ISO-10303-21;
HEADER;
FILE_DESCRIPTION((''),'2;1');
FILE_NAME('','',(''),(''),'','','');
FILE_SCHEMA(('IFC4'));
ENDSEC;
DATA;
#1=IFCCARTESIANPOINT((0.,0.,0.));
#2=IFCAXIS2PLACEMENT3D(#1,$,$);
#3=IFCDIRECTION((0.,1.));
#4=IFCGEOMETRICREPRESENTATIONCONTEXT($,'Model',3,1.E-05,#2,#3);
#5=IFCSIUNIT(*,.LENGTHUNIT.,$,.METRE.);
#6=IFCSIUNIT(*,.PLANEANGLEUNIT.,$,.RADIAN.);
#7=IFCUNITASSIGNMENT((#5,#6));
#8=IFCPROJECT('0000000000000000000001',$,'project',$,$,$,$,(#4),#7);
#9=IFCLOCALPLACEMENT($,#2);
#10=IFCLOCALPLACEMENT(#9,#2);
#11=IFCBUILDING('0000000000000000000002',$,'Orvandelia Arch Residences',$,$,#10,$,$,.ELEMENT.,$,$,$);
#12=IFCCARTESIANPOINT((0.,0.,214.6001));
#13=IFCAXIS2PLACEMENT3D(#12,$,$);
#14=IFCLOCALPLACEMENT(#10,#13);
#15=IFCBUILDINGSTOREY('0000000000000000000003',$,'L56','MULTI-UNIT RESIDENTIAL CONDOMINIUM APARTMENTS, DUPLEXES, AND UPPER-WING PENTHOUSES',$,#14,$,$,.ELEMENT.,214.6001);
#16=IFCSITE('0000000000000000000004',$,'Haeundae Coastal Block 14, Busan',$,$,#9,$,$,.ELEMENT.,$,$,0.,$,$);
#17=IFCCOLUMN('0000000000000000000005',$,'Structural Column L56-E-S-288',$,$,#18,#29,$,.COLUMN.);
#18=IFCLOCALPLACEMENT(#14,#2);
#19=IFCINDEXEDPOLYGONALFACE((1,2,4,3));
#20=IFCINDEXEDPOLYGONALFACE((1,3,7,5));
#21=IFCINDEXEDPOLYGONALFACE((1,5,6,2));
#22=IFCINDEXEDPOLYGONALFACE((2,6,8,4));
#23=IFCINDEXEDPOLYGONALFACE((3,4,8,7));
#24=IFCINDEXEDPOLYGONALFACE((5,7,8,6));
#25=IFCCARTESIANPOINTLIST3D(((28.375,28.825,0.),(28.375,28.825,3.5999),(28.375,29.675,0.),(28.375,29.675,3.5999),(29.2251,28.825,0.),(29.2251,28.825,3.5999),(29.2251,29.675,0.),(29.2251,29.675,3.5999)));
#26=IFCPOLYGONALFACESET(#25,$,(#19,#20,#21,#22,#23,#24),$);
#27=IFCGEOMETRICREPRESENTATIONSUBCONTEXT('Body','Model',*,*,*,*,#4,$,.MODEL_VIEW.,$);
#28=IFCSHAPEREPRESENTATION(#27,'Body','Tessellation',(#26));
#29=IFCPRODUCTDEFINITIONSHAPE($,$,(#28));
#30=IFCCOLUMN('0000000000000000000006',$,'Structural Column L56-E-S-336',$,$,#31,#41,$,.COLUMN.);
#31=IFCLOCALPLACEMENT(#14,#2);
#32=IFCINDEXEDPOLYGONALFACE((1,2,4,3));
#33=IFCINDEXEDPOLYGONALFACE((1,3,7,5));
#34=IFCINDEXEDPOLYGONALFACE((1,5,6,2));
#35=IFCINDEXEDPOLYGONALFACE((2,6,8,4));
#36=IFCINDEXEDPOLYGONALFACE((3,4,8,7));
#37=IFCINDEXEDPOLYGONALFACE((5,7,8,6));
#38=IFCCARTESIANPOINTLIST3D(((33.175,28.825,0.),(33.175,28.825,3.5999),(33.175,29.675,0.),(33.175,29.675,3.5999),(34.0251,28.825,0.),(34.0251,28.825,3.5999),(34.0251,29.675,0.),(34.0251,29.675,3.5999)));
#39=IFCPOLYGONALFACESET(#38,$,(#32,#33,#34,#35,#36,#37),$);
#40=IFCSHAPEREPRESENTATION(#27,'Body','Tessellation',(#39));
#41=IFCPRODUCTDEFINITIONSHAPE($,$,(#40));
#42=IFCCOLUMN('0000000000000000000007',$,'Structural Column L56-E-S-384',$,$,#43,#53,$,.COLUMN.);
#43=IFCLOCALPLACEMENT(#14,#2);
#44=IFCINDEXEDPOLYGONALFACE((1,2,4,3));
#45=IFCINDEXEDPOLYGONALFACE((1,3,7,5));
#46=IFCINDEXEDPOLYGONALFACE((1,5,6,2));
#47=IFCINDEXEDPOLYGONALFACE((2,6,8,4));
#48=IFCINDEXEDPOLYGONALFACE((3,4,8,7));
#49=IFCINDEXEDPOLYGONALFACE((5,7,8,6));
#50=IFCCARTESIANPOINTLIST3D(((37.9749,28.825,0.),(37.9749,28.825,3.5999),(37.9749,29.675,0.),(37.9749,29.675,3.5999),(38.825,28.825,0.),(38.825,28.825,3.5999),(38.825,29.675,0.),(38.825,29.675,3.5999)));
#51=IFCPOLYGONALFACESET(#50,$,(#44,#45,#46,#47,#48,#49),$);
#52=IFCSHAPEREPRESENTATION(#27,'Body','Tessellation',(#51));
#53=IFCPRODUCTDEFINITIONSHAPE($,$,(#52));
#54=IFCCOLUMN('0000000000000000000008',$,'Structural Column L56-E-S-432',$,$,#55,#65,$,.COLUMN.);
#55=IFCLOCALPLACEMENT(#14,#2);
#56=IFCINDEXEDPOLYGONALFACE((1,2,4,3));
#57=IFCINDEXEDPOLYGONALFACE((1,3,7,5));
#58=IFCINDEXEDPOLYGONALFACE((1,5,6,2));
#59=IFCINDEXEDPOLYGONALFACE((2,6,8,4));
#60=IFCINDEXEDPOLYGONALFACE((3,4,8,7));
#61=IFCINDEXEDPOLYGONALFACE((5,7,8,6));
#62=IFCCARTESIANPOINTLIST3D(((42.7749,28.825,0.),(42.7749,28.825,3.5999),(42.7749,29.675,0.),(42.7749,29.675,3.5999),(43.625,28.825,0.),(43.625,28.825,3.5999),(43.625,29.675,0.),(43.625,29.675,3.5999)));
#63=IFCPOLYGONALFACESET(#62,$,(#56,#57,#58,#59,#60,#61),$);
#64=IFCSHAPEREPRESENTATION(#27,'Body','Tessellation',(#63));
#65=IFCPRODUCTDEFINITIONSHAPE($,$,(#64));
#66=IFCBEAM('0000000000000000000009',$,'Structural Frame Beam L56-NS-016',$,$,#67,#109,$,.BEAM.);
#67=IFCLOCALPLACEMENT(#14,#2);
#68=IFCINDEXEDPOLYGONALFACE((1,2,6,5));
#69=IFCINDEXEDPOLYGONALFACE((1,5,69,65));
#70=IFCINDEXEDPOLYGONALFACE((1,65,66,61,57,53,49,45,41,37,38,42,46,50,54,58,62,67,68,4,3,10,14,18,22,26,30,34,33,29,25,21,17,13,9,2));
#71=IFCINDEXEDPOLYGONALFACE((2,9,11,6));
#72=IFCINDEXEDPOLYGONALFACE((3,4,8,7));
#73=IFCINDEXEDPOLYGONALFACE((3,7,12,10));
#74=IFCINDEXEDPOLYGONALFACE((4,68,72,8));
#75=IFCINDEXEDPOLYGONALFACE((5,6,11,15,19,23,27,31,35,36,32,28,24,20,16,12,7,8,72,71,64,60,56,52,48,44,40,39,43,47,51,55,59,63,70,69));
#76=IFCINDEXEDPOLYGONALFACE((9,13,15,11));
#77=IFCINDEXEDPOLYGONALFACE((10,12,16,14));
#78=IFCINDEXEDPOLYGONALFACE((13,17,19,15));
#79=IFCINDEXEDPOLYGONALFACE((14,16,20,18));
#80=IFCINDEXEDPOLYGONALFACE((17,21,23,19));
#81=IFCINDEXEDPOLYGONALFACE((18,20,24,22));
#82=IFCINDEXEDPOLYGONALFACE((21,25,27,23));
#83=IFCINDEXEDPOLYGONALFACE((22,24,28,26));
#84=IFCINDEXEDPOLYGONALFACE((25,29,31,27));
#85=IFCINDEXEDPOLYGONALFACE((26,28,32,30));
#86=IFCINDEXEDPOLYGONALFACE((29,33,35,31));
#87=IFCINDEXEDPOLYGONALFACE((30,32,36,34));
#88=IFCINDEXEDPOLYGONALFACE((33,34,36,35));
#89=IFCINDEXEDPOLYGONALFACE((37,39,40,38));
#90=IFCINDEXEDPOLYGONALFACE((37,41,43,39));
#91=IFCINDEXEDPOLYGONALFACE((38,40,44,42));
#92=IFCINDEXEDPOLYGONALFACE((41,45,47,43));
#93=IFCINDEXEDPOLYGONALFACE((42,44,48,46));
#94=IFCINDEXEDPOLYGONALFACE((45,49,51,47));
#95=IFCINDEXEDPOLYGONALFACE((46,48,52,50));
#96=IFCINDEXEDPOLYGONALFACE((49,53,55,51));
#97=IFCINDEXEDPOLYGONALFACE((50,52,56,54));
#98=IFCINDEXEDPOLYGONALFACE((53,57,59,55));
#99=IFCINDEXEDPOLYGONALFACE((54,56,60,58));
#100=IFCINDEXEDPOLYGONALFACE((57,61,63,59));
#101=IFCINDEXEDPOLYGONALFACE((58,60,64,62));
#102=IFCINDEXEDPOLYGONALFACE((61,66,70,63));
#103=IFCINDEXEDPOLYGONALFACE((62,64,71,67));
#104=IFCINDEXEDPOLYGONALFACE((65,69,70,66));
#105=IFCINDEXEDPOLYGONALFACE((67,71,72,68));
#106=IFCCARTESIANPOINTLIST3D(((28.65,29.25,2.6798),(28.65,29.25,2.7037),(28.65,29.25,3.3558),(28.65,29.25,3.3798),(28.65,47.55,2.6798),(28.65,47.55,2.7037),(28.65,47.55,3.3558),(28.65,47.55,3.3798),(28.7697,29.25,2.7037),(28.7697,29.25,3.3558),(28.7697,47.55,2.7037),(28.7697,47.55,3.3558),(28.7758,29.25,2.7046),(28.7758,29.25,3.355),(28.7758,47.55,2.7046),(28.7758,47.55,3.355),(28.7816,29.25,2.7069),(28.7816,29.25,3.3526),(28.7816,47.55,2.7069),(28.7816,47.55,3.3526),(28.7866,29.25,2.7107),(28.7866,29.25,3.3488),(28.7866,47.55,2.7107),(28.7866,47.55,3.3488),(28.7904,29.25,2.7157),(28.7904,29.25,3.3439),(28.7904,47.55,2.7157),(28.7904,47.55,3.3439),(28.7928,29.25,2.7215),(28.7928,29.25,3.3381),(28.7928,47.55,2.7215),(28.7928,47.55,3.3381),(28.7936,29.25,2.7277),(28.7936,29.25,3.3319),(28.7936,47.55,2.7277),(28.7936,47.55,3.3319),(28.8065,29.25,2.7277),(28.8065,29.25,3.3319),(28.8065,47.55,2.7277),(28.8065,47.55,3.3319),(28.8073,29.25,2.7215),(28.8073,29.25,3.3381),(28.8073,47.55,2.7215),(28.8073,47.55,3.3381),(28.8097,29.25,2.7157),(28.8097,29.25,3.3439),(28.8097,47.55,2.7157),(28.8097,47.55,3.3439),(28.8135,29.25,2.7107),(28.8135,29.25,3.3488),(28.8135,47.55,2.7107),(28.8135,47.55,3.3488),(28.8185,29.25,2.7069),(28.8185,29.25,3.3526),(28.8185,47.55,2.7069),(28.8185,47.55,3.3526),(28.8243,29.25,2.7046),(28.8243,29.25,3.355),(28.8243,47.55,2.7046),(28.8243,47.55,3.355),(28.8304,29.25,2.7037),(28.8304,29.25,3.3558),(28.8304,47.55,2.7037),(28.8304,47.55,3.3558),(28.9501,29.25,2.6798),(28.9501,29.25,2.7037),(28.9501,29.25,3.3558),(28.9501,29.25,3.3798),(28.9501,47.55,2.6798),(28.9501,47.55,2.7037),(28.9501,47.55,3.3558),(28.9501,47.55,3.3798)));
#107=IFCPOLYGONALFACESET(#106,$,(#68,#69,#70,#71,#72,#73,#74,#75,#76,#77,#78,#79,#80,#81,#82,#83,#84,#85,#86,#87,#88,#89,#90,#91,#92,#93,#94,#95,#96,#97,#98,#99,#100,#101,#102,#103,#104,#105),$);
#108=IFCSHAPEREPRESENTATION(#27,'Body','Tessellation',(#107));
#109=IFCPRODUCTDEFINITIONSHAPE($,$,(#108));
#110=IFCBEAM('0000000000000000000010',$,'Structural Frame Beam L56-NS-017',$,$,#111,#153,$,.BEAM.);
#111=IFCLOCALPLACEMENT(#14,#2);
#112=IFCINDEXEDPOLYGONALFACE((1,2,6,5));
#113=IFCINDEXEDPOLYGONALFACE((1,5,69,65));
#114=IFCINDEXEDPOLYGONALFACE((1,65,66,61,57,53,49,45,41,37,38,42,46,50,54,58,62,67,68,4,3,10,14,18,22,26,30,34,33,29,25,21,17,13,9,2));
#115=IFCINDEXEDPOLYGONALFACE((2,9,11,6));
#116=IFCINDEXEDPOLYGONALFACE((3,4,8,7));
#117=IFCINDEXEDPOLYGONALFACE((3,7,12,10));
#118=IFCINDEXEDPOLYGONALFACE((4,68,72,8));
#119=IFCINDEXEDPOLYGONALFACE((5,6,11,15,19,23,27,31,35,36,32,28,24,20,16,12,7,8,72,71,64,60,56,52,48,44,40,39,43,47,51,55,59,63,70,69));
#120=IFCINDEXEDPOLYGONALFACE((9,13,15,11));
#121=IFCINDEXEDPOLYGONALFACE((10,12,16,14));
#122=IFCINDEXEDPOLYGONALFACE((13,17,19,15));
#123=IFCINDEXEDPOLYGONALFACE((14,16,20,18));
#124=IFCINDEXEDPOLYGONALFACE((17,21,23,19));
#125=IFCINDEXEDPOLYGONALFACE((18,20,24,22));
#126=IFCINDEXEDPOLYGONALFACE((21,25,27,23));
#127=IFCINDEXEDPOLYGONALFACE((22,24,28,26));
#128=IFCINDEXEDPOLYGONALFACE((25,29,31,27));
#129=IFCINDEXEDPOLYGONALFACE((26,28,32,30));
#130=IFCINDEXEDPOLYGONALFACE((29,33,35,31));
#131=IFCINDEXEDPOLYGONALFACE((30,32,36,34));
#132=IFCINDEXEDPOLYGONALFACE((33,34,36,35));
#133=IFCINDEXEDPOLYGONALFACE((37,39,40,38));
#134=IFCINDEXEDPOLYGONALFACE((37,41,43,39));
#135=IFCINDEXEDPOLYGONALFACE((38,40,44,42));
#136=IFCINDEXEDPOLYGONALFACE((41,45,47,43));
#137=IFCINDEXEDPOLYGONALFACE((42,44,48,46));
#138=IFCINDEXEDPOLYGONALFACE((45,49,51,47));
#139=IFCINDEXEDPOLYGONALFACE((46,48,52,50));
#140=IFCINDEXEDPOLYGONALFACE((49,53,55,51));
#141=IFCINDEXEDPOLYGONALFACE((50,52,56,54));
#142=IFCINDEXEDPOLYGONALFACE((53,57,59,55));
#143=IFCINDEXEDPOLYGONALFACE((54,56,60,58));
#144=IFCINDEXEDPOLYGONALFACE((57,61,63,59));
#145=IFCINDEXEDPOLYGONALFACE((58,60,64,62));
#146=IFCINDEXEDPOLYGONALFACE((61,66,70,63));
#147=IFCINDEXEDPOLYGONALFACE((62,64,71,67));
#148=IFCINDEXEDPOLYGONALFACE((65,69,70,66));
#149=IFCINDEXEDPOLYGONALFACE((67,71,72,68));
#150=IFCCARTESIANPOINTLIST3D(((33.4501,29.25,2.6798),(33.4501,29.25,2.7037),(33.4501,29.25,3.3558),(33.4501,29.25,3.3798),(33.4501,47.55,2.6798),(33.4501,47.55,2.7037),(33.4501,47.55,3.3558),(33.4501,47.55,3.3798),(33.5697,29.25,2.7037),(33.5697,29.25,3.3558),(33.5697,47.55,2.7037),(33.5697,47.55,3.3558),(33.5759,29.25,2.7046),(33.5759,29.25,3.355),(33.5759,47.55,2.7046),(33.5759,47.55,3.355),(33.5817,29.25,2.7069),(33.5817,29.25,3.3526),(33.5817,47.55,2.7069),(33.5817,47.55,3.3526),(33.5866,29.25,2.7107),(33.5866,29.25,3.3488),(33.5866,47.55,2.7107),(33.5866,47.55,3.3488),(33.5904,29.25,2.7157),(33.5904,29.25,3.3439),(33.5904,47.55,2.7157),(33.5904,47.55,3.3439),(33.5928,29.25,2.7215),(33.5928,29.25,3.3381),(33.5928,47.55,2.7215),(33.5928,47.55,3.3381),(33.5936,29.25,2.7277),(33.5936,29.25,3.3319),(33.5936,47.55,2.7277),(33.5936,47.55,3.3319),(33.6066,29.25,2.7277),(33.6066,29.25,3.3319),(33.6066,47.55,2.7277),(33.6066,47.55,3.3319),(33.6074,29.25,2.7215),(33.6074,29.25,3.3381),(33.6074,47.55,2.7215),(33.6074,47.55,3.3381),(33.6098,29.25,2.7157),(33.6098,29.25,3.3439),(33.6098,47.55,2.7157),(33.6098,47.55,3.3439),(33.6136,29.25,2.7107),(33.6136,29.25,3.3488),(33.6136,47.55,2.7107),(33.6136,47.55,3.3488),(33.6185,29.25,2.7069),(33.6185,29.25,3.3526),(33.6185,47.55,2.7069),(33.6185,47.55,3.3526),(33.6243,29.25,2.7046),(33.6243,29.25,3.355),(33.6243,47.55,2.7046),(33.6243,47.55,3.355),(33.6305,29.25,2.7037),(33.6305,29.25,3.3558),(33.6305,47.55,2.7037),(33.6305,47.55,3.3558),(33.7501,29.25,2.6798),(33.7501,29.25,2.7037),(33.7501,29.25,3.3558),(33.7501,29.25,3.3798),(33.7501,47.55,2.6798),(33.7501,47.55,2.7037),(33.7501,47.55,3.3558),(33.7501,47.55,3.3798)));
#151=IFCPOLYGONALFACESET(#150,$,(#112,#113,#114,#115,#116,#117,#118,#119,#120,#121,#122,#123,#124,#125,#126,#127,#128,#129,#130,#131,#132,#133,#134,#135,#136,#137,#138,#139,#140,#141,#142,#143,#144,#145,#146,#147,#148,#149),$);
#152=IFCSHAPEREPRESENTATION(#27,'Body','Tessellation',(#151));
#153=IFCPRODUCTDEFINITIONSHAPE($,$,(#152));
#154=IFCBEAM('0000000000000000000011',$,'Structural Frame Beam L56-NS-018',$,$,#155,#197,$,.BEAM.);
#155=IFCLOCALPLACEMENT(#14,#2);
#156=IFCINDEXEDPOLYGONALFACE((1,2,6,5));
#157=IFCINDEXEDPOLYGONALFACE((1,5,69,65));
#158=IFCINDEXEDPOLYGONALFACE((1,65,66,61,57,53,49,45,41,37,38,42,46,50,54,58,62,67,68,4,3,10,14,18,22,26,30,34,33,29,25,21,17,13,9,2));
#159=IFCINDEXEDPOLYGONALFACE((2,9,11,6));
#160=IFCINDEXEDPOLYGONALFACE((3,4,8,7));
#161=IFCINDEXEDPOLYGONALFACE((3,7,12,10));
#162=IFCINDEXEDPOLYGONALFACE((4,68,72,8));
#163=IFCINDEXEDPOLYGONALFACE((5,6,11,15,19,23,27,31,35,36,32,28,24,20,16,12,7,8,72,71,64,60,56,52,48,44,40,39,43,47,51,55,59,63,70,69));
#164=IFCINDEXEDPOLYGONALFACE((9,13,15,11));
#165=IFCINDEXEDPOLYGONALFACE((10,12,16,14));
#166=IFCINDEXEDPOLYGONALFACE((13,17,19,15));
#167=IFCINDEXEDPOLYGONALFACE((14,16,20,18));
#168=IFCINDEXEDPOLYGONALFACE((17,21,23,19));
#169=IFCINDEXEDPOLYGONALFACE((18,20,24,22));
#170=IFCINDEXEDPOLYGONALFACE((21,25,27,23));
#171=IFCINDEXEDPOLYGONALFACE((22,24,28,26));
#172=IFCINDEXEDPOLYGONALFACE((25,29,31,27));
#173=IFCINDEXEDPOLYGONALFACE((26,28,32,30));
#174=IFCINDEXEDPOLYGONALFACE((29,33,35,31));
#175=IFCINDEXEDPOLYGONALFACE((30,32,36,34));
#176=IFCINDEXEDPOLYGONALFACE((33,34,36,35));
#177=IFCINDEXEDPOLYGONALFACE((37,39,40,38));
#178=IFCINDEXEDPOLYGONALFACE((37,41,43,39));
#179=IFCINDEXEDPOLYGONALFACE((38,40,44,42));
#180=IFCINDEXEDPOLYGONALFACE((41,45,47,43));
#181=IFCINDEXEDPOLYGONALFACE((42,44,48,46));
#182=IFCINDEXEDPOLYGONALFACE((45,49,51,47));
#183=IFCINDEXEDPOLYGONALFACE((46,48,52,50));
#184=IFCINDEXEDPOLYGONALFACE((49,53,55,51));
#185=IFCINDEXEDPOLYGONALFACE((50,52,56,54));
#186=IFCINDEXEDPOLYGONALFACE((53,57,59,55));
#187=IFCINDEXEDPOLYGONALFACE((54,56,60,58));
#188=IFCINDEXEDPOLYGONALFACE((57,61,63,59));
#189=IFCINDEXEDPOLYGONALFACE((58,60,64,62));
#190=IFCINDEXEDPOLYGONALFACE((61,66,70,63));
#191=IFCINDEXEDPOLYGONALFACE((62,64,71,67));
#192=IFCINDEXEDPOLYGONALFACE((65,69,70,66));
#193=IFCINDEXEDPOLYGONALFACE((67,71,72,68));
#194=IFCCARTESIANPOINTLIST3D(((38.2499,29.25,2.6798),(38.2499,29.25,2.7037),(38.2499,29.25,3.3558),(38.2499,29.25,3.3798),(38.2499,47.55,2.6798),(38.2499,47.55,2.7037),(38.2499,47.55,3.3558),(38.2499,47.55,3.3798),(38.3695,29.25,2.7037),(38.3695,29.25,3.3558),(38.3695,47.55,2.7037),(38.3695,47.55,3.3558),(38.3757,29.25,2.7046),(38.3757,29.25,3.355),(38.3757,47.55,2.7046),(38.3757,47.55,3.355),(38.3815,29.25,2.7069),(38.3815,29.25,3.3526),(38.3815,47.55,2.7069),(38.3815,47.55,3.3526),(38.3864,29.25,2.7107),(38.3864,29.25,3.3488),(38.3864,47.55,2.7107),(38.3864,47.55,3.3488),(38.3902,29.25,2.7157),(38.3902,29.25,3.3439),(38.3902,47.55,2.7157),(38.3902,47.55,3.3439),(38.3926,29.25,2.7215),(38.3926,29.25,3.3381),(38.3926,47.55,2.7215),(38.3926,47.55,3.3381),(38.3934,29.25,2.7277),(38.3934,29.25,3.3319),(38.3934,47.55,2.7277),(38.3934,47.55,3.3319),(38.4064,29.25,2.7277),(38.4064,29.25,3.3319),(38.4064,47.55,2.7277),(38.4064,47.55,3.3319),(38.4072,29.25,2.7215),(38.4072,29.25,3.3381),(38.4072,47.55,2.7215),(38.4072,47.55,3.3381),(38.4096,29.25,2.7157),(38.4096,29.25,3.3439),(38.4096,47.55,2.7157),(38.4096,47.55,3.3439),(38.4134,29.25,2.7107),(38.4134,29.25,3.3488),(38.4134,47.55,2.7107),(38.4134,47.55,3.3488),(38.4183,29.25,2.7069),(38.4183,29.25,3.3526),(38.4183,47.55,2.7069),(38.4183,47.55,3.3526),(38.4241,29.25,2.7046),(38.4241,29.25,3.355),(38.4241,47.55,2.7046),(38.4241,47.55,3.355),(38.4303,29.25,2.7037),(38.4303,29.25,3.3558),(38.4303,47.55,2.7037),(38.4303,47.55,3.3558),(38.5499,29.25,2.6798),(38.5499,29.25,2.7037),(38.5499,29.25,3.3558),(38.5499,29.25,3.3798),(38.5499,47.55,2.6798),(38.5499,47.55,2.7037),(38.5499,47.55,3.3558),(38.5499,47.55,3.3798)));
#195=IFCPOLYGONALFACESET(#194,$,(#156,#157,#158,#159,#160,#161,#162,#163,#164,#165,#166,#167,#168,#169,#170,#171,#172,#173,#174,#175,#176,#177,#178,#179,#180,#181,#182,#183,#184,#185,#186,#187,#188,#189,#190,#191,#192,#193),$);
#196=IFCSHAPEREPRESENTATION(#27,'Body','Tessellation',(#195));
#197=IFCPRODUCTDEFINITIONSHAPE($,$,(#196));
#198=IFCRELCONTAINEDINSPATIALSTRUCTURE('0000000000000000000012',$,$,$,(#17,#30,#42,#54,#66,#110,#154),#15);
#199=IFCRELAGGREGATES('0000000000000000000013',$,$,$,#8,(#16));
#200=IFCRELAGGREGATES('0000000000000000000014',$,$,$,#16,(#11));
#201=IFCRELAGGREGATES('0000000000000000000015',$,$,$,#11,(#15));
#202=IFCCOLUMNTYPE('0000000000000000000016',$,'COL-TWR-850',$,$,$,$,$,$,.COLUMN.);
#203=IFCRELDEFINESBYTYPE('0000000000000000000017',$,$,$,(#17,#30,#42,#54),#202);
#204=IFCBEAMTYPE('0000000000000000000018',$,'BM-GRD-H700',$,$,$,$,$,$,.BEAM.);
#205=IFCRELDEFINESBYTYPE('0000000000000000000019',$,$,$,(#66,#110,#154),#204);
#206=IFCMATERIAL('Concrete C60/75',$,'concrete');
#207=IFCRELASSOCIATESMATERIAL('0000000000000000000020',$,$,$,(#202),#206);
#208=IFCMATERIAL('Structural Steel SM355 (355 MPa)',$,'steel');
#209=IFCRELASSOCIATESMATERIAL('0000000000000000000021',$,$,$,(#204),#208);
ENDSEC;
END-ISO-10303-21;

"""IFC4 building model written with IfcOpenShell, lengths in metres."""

from ifc_helpers import new_model, si_unit, direction, frame, origin, origin_2d, place, context, subcontext, project, spatial, rectangle, i_section, extrude, material, material_profile, profile_set, type_object, element, save


model = new_model("IFC4")

# Units and contexts
model_context = context("Model", 3, precision=1e-05, world=origin(), true_north=direction((0.0, 1.0)))
body_context = subcontext(model_context, "Body", "Model", "MODEL_VIEW")
ifc_project = project(units=[si_unit("LENGTHUNIT", "METRE"), si_unit("PLANEANGLEUNIT", "RADIAN")], contexts=[model_context])

# Site, building, storey
site_placement = place(None, origin())
site = spatial("IfcSite", under=ifc_project, at=site_placement, Name="Haeundae Coastal Block 14, Busan", CompositionType="ELEMENT", RefElevation=0.0)
building_placement = place(site_placement, origin())
building = spatial("IfcBuilding", under=site, at=building_placement, Name="Orvandelia Arch Residences", CompositionType="ELEMENT")
storey_placement = place(building_placement, frame((0.0, 0.0, 214.6001)))
storey = spatial("IfcBuildingStorey", under=building, at=storey_placement, Name="L56", Description="MULTI-UNIT RESIDENTIAL CONDOMINIUM APARTMENTS, DUPLEXES, AND UPPER-WING PENTHOUSES", CompositionType="ELEMENT", Elevation=214.6001)

# Columns
ifc_material_1 = material(Name="Concrete C60/75", Category="concrete")
ifc_material_profile_1 = material_profile(ifc_material_1, rectangle(XDim=0.8501, YDim=0.8501, at=origin_2d()), Name="Concrete C60/75", Category="concrete")
ifc_profile_set_1 = profile_set([ifc_material_profile_1], Name="Concrete C60/75")
column_type = type_object("IfcColumnType", Name="COL-TWR-850", PredefinedType="COLUMN", material=ifc_profile_set_1)
for number, where, z_axis, x_axis, name in (
    (1, (28.8, 29.25, 0.0), (0.0, 0.0, 1.0), (1.0, 0.0, 0.0), "Structural Column L56-E-S-288"),
    (2, (33.6001, 29.25, 0.0), (0.0, 0.0, 1.0), (1.0, 0.0, 0.0), "Structural Column L56-E-S-336"),
    (3, (38.3999, 29.25, 0.0), (0.0, 0.0, 1.0), (1.0, 0.0, 0.0), "Structural Column L56-E-S-384"),
    (4, (43.2, 29.25, 0.0), (0.0, 0.0, 1.0), (1.0, 0.0, 0.0), "Structural Column L56-E-S-432"),
):
    element("IfcColumn", number, at=place(storey_placement, frame(where, z_axis=z_axis, x_axis=x_axis)), inside=storey, type_object=column_type, Name=name, PredefinedType="COLUMN", context=body_context, shape_type="SweptSolid", body=[
        extrude(rectangle(XDim=0.8501, YDim=0.8501, at=origin_2d()), origin(), (0.0, 0.0, 1.0), 3.5999),
    ])

# Beams
ifc_material_2 = material(Name="Structural Steel SM355 (355 MPa)", Category="steel")
ifc_material_profile_2 = material_profile(ifc_material_2, i_section(OverallWidth=0.3, OverallDepth=0.7, WebThickness=0.0129, FlangeThickness=0.0239, FilletRadius=0.0239, at=origin_2d()), Name="Structural Steel SM355 (355 MPa)", Category="steel")
ifc_profile_set_2 = profile_set([ifc_material_profile_2], Name="Structural Steel SM355 (355 MPa)")
beam_type = type_object("IfcBeamType", Name="BM-GRD-H700", PredefinedType="BEAM", material=ifc_profile_set_2)
for number, where, z_axis, x_axis, name in (
    (5, (28.8, 29.25, 3.0298), (0.0, 1.0, 0.0), (-1.0, 0.0, 0.0), "Structural Frame Beam L56-NS-016"),
    (6, (33.6001, 29.25, 3.0298), (0.0, 1.0, 0.0), (-1.0, 0.0, 0.0), "Structural Frame Beam L56-NS-017"),
    (7, (38.3999, 29.25, 3.0298), (0.0, 1.0, 0.0), (-1.0, 0.0, 0.0), "Structural Frame Beam L56-NS-018"),
):
    element("IfcBeam", number, at=place(storey_placement, frame(where, z_axis=z_axis, x_axis=x_axis)), inside=storey, type_object=beam_type, Name=name, PredefinedType="BEAM", context=body_context, shape_type="SweptSolid", body=[
        extrude(i_section(OverallWidth=0.3, OverallDepth=0.7, WebThickness=0.0129, FlangeThickness=0.0239, FilletRadius=0.0239, at=origin_2d()), origin(), (0.0, 0.0, 1.0), 18.3),
    ])

save(model, "model.ifc")
